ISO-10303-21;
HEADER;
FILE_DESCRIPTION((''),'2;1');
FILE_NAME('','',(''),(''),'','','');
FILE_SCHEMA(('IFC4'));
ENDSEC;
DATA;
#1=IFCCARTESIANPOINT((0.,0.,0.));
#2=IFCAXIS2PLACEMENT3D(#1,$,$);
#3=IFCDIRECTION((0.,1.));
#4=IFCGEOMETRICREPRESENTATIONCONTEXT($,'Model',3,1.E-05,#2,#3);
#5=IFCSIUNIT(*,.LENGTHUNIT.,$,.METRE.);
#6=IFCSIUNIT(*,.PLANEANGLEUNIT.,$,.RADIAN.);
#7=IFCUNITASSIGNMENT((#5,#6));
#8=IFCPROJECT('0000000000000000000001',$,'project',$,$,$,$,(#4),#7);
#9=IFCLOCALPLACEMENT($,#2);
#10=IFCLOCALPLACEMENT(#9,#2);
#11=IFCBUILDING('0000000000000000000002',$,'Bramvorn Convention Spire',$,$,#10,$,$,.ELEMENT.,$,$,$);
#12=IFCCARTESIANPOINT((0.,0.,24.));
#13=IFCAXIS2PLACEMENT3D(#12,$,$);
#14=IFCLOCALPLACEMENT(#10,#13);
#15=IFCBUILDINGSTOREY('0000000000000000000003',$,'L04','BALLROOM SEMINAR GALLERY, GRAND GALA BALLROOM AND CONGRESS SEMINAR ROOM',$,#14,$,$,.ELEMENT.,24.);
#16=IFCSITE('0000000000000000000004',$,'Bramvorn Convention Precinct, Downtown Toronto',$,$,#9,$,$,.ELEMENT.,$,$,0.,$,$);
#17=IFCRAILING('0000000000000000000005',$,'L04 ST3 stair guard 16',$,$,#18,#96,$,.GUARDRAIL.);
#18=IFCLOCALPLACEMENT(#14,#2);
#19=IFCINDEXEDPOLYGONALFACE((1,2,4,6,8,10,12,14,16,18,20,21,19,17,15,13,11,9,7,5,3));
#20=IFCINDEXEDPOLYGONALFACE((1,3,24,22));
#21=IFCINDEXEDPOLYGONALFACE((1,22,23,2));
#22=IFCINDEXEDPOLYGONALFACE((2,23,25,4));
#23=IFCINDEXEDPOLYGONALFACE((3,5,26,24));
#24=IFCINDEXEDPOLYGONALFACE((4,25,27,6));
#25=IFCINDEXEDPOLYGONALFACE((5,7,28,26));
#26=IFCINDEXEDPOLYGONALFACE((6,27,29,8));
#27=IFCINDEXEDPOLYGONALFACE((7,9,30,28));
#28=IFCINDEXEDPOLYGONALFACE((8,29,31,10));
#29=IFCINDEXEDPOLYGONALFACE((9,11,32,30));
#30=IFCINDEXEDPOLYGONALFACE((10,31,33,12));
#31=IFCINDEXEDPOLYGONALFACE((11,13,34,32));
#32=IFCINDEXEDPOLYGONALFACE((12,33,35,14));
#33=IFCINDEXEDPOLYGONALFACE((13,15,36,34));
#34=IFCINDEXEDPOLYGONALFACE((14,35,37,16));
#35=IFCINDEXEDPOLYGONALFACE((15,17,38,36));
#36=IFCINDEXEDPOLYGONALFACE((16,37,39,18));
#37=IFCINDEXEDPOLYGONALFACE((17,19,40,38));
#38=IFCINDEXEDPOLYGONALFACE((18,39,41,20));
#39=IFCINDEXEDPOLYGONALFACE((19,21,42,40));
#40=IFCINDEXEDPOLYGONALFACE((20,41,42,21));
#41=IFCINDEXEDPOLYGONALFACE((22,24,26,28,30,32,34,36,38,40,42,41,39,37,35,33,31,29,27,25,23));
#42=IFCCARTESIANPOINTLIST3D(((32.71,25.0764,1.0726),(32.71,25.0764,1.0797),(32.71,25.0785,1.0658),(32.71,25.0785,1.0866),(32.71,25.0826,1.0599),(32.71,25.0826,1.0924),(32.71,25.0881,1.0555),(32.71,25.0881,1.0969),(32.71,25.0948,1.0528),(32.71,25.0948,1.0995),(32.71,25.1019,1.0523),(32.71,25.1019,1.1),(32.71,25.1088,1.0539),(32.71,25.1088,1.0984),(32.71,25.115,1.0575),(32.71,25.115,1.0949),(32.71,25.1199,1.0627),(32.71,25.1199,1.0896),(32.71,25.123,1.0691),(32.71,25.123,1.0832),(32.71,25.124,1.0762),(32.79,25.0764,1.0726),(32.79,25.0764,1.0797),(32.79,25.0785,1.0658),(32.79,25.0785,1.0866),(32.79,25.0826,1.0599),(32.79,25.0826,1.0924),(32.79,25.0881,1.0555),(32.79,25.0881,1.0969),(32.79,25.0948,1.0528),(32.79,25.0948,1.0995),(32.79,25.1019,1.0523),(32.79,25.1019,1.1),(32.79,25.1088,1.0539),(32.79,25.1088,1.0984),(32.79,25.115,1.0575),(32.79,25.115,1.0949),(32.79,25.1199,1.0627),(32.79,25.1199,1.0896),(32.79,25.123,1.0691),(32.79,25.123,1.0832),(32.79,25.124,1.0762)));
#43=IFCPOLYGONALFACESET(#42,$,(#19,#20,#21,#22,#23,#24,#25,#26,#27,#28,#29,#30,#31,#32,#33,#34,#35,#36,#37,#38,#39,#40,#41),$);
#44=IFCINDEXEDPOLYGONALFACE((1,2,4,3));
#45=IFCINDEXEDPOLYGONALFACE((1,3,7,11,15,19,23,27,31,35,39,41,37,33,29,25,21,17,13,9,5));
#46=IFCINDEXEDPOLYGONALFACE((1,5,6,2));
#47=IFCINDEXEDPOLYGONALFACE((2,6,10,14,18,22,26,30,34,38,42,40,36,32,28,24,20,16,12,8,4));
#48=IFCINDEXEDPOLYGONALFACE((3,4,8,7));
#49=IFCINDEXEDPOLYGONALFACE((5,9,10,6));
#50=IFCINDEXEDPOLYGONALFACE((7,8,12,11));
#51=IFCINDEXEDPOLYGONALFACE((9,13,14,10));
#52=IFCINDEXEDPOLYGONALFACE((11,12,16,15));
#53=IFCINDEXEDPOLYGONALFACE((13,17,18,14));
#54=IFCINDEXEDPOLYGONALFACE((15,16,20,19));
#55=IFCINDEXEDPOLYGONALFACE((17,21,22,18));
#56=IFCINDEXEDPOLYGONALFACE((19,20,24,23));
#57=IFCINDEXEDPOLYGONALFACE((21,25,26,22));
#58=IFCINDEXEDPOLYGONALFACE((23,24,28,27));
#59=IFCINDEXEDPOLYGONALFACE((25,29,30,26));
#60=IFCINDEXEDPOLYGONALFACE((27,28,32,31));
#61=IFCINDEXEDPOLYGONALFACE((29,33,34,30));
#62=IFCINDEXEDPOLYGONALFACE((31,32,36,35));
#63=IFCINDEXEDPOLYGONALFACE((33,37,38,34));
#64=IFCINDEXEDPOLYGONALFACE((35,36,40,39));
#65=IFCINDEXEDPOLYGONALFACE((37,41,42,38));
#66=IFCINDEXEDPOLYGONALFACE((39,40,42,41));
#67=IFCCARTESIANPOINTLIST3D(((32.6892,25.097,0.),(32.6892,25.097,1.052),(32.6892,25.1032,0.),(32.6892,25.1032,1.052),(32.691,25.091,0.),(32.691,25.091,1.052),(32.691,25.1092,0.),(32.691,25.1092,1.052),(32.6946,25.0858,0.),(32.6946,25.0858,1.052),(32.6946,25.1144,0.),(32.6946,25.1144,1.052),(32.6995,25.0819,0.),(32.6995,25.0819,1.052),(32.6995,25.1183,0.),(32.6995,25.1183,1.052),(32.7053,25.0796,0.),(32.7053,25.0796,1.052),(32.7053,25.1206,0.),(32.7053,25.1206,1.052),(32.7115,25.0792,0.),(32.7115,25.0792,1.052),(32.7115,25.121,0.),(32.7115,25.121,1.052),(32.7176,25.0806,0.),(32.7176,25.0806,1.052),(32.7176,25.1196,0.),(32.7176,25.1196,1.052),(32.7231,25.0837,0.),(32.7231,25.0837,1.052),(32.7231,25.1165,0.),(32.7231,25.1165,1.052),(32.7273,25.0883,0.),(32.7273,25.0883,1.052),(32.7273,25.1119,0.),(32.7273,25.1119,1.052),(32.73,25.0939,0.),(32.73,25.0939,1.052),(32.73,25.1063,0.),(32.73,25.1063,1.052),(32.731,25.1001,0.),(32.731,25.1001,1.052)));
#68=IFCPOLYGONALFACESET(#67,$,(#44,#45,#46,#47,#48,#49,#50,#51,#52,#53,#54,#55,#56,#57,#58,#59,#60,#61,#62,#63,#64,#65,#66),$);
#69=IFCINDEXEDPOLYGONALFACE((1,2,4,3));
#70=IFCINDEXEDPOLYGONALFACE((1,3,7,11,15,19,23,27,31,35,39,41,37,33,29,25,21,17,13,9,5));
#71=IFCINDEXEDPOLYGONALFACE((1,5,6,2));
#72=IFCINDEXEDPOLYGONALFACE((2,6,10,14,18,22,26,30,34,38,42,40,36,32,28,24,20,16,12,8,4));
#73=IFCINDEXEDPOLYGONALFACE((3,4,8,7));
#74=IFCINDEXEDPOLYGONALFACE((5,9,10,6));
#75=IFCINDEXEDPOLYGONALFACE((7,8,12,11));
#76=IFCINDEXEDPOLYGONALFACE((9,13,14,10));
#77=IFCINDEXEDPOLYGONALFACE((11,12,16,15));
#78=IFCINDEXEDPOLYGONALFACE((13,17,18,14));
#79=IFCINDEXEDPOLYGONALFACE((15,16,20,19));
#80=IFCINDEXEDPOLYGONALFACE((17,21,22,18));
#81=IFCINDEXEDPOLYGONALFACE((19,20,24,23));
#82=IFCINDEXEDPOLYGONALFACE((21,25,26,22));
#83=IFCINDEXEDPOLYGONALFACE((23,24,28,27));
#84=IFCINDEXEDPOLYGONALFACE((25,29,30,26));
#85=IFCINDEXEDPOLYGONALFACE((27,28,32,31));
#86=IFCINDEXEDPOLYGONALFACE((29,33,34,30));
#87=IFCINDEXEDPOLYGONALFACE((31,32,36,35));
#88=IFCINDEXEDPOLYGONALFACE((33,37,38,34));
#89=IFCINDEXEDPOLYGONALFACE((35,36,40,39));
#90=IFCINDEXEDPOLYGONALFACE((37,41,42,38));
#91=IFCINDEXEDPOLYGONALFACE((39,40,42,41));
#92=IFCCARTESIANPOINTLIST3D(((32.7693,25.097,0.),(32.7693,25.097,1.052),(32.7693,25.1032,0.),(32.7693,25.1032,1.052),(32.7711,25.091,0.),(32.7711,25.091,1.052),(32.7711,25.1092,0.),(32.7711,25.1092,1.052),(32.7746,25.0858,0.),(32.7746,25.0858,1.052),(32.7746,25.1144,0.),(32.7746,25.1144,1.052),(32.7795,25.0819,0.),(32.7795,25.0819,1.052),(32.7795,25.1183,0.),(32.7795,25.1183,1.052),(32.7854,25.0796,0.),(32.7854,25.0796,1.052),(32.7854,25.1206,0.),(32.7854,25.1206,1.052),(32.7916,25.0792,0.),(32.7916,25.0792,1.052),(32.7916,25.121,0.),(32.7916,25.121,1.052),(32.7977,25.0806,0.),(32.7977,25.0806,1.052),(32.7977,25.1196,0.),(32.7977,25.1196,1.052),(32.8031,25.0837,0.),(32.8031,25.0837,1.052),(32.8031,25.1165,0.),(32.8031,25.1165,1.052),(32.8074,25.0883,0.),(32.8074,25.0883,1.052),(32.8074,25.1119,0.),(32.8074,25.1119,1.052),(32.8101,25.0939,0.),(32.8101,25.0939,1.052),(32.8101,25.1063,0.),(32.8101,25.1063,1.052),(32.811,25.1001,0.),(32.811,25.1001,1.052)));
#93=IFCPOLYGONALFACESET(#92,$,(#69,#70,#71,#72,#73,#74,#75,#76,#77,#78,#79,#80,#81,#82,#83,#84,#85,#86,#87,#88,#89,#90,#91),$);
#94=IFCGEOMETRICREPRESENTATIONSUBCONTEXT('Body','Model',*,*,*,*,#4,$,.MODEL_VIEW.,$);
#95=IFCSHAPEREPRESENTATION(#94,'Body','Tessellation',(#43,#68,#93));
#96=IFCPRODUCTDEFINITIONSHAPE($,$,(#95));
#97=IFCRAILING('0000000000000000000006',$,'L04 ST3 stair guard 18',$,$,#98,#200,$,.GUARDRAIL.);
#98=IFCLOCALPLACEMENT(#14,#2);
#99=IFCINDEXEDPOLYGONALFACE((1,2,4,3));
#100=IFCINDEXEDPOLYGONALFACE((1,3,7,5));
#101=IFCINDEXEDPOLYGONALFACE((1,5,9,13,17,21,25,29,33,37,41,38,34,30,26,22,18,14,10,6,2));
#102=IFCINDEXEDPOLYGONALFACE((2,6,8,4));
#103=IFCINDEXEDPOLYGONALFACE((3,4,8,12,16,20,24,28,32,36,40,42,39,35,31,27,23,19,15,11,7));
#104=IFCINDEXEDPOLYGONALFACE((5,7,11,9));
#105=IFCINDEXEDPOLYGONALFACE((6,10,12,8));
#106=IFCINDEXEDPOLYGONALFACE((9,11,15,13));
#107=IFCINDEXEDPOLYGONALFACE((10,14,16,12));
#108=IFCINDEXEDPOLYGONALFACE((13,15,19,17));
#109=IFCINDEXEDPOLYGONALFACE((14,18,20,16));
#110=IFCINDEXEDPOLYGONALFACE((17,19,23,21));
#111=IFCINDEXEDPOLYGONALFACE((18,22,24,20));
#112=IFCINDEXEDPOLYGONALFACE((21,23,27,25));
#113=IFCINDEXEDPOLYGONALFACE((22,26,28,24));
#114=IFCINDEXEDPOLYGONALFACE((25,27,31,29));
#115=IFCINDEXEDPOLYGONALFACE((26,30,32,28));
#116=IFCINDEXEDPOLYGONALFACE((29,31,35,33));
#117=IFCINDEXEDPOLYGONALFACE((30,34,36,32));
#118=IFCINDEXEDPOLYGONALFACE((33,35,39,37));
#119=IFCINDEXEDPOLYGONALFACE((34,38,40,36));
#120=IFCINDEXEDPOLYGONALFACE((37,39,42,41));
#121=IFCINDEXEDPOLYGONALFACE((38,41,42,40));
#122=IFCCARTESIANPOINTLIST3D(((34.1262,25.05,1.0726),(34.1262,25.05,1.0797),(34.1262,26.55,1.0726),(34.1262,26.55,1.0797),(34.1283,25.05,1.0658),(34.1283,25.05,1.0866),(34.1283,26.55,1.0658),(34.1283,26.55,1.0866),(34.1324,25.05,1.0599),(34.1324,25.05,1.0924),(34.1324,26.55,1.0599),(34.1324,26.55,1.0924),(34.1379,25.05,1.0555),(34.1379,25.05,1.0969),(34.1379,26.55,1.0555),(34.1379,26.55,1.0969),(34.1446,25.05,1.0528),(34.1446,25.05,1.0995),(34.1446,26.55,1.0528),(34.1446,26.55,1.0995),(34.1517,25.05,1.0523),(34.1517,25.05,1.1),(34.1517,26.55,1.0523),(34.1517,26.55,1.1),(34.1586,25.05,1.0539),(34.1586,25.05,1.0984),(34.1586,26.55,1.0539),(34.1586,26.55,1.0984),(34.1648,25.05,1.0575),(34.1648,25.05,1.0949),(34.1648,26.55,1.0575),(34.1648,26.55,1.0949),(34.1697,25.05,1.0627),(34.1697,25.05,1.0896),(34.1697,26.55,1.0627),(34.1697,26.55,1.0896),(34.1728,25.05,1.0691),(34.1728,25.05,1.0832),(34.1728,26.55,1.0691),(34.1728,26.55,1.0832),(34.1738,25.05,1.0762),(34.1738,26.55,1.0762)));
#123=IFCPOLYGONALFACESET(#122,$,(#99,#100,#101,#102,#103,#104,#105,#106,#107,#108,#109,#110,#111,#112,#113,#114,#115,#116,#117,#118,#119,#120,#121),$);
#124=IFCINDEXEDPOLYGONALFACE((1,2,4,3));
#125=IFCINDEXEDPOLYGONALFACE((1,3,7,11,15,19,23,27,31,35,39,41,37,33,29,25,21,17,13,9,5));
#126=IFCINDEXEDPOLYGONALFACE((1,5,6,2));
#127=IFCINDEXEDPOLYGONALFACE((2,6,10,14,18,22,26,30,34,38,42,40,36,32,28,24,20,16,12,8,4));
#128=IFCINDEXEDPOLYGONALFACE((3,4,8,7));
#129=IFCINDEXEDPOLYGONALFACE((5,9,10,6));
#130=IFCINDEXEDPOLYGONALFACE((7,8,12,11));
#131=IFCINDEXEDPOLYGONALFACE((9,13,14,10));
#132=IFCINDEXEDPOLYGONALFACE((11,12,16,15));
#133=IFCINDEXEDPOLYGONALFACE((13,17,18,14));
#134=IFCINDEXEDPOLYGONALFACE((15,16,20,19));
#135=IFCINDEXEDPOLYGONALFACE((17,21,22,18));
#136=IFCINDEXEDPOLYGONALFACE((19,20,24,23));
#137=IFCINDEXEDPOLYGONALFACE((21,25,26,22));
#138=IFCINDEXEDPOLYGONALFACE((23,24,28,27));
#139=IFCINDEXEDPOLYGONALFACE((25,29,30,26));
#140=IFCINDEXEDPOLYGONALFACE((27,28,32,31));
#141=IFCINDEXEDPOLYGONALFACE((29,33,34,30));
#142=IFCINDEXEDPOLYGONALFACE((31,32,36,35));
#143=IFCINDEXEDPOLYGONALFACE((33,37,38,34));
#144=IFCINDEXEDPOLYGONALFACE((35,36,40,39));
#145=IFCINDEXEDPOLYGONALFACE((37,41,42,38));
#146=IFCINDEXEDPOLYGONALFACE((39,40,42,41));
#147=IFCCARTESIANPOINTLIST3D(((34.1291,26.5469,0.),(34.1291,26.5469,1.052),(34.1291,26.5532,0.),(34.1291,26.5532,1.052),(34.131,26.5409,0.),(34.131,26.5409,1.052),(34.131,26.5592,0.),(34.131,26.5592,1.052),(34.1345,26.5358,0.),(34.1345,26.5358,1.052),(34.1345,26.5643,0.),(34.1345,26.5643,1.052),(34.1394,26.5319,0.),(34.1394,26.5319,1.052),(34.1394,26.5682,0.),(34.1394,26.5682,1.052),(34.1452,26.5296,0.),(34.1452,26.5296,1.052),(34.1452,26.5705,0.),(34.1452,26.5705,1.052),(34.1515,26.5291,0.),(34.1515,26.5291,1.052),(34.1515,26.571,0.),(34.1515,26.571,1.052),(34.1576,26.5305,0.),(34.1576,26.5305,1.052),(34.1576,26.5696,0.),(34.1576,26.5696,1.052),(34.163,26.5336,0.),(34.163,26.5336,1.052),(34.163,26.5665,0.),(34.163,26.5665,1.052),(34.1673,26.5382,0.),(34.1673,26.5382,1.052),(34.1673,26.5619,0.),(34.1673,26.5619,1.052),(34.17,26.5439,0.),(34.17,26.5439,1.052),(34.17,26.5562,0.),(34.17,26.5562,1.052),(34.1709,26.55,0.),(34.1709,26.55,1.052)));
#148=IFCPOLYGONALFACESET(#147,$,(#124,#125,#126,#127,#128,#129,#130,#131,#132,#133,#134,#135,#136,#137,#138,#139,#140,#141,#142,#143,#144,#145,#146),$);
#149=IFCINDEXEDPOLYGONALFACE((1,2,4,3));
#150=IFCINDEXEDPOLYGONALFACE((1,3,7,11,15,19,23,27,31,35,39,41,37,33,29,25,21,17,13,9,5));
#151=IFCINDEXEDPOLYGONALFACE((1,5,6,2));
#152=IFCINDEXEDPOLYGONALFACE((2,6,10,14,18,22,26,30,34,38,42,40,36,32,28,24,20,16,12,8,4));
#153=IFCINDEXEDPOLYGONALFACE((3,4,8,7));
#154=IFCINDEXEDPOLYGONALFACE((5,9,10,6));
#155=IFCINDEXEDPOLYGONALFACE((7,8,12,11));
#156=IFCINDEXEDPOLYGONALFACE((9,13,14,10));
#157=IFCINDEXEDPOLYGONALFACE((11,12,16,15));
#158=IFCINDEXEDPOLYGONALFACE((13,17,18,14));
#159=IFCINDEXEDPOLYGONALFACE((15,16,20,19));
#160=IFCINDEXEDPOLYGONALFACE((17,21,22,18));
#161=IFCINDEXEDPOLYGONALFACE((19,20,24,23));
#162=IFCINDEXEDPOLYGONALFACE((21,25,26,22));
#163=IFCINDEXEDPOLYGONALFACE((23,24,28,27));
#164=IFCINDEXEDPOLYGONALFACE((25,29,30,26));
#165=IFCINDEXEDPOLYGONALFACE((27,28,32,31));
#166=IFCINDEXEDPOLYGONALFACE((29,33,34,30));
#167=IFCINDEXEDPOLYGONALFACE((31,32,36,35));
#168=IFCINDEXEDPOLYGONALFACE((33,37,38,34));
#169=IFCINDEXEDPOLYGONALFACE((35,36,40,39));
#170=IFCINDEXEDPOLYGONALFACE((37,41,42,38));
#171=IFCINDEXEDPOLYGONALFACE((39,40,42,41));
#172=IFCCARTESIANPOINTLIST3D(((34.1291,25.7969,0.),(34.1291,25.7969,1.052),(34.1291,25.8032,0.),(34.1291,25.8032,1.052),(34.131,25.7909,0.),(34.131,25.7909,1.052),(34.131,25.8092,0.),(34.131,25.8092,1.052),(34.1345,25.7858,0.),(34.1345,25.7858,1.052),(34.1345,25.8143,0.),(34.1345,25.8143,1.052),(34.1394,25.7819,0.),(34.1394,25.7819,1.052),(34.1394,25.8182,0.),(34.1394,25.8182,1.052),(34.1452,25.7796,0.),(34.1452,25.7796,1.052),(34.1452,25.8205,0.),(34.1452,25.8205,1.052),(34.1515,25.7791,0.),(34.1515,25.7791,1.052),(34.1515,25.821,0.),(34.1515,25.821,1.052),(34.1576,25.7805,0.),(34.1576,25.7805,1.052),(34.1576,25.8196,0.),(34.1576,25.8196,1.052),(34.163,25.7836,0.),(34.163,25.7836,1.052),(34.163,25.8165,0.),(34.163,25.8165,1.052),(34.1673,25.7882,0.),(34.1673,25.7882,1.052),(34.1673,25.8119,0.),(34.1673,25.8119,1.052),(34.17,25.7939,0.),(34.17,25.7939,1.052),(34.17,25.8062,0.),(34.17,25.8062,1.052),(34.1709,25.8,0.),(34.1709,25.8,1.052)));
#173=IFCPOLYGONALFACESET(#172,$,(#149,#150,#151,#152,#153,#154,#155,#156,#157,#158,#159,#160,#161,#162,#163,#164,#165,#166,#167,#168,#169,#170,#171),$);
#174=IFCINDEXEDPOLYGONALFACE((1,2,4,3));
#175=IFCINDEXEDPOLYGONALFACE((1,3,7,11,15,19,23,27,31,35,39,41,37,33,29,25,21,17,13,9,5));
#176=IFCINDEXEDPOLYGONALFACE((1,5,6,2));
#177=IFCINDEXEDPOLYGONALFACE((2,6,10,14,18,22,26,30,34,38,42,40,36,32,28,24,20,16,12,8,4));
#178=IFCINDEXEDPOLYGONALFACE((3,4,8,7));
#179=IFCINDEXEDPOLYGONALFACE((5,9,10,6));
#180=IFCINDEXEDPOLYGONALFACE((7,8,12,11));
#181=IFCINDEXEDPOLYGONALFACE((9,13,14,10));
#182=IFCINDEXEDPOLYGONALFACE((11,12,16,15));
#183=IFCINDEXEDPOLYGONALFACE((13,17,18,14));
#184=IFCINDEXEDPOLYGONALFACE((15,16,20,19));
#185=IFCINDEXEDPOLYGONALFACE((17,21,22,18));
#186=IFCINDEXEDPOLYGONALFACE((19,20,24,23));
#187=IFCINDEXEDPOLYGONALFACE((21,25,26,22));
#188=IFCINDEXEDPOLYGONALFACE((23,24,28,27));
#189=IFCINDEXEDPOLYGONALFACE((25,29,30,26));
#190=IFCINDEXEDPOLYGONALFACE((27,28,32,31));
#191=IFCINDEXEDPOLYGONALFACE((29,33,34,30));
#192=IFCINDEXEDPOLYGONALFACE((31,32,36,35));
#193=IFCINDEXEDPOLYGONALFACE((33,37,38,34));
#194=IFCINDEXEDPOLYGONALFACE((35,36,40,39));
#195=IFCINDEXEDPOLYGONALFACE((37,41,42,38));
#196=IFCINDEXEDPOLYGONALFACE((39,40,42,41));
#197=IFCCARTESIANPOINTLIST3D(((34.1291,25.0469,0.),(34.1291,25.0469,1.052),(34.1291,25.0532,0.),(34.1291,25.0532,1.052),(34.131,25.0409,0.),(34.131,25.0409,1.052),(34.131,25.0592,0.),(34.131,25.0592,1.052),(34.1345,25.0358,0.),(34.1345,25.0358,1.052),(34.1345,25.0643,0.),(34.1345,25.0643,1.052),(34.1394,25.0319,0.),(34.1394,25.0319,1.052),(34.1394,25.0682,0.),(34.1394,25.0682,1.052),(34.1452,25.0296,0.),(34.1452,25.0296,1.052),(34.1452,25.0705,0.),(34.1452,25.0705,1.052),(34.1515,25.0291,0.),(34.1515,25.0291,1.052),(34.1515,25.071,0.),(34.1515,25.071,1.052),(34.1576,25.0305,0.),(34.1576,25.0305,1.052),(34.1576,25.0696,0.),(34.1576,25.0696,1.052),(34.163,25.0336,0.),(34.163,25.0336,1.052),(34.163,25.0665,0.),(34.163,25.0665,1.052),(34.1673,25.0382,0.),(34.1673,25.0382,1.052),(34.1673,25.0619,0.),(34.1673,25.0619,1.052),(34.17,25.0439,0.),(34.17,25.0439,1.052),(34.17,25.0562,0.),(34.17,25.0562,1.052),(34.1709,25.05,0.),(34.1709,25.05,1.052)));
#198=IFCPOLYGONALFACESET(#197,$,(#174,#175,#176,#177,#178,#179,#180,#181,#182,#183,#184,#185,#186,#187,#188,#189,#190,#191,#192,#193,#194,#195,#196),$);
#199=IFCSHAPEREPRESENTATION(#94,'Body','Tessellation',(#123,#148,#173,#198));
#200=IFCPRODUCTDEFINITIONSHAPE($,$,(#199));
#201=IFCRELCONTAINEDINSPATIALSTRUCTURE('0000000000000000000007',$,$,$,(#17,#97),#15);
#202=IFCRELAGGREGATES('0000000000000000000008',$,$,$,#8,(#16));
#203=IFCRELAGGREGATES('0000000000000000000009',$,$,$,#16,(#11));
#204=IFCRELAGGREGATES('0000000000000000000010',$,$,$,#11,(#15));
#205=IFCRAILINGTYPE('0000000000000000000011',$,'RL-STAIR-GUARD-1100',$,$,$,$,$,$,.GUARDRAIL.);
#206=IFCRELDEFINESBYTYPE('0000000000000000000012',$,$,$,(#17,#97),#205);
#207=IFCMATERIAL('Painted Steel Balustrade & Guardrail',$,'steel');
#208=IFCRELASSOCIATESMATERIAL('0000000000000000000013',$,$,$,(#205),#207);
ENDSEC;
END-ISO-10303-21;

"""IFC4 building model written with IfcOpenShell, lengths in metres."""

from ifc_helpers import new_model, si_unit, direction, frame, origin, origin_2d, place, context, subcontext, project, spatial, circle, extrude, material, type_object, element, save


model = new_model("IFC4")

# Units and contexts
model_context = context("Model", 3, precision=1e-05, world=origin(), true_north=direction((0.0, 1.0)))
body_context = subcontext(model_context, "Body", "Model", "MODEL_VIEW")
ifc_project = project(units=[si_unit("LENGTHUNIT", "METRE"), si_unit("PLANEANGLEUNIT", "RADIAN")], contexts=[model_context])

# Site, building, storey
site_placement = place(None, origin())
site = spatial("IfcSite", under=ifc_project, at=site_placement, Name="Bramvorn Convention Precinct, Downtown Toronto", CompositionType="ELEMENT", RefElevation=0.0)
building_placement = place(site_placement, origin())
building = spatial("IfcBuilding", under=site, at=building_placement, Name="Bramvorn Convention Spire", CompositionType="ELEMENT")
storey_placement = place(building_placement, frame((0.0, 0.0, 24.0)))
storey = spatial("IfcBuildingStorey", under=building, at=storey_placement, Name="L04", Description="BALLROOM SEMINAR GALLERY, GRAND GALA BALLROOM AND CONGRESS SEMINAR ROOM", CompositionType="ELEMENT", Elevation=24.0)

# Railings
ifc_material_1 = material(Name="Painted Steel Balustrade & Guardrail", Category="steel")
railing_type_1 = type_object("IfcRailingType", Name="RL-STAIR-GUARD-1100", PredefinedType="GUARDRAIL", material=ifc_material_1)
railing_1_placement = place(storey_placement, frame((32.71, 25.1001, 0.0)))
element("IfcRailing", 1, at=railing_1_placement, inside=storey, type_object=railing_type_1, Name="L04 ST3 stair guard 16", PredefinedType="GUARDRAIL", context=body_context, shape_type="SweptSolid", body=[
    extrude(circle(Radius=0.0239, at=origin_2d()), frame((0.0, 0.0, 1.0762), z_axis=(1.0, 0.0, 0.0), x_axis=(0.0, 1.0, 0.0)), (0.0, 0.0, 1.0), 0.0801),
    extrude(circle(Radius=0.021, at=origin_2d()), origin(), (0.0, 0.0, 1.0), 1.052),
    extrude(circle(Radius=0.021, at=origin_2d()), frame((0.0801, 0.0, 0.0)), (0.0, 0.0, 1.0), 1.052),
])
railing_2_placement = place(storey_placement, frame((34.1499, 26.55, 0.0)))
element("IfcRailing", 2, at=railing_2_placement, inside=storey, type_object=railing_type_1, Name="L04 ST3 stair guard 18", PredefinedType="GUARDRAIL", context=body_context, shape_type="SweptSolid", body=[
    extrude(circle(Radius=0.0239, at=origin_2d()), frame((0.0, 0.0, 1.0762), z_axis=(0.0, -1.0, 0.0), x_axis=(1.0, 0.0, 0.0)), (0.0, 0.0, 1.0), 1.5),
    extrude(circle(Radius=0.021, at=origin_2d()), origin(), (0.0, 0.0, 1.0), 1.052),
    extrude(circle(Radius=0.021, at=origin_2d()), frame((0.0, -0.75, 0.0)), (0.0, 0.0, 1.0), 1.052),
    extrude(circle(Radius=0.021, at=origin_2d()), frame((0.0, -1.5, 0.0)), (0.0, 0.0, 1.0), 1.052),
])

save(model, "model.ifc")
